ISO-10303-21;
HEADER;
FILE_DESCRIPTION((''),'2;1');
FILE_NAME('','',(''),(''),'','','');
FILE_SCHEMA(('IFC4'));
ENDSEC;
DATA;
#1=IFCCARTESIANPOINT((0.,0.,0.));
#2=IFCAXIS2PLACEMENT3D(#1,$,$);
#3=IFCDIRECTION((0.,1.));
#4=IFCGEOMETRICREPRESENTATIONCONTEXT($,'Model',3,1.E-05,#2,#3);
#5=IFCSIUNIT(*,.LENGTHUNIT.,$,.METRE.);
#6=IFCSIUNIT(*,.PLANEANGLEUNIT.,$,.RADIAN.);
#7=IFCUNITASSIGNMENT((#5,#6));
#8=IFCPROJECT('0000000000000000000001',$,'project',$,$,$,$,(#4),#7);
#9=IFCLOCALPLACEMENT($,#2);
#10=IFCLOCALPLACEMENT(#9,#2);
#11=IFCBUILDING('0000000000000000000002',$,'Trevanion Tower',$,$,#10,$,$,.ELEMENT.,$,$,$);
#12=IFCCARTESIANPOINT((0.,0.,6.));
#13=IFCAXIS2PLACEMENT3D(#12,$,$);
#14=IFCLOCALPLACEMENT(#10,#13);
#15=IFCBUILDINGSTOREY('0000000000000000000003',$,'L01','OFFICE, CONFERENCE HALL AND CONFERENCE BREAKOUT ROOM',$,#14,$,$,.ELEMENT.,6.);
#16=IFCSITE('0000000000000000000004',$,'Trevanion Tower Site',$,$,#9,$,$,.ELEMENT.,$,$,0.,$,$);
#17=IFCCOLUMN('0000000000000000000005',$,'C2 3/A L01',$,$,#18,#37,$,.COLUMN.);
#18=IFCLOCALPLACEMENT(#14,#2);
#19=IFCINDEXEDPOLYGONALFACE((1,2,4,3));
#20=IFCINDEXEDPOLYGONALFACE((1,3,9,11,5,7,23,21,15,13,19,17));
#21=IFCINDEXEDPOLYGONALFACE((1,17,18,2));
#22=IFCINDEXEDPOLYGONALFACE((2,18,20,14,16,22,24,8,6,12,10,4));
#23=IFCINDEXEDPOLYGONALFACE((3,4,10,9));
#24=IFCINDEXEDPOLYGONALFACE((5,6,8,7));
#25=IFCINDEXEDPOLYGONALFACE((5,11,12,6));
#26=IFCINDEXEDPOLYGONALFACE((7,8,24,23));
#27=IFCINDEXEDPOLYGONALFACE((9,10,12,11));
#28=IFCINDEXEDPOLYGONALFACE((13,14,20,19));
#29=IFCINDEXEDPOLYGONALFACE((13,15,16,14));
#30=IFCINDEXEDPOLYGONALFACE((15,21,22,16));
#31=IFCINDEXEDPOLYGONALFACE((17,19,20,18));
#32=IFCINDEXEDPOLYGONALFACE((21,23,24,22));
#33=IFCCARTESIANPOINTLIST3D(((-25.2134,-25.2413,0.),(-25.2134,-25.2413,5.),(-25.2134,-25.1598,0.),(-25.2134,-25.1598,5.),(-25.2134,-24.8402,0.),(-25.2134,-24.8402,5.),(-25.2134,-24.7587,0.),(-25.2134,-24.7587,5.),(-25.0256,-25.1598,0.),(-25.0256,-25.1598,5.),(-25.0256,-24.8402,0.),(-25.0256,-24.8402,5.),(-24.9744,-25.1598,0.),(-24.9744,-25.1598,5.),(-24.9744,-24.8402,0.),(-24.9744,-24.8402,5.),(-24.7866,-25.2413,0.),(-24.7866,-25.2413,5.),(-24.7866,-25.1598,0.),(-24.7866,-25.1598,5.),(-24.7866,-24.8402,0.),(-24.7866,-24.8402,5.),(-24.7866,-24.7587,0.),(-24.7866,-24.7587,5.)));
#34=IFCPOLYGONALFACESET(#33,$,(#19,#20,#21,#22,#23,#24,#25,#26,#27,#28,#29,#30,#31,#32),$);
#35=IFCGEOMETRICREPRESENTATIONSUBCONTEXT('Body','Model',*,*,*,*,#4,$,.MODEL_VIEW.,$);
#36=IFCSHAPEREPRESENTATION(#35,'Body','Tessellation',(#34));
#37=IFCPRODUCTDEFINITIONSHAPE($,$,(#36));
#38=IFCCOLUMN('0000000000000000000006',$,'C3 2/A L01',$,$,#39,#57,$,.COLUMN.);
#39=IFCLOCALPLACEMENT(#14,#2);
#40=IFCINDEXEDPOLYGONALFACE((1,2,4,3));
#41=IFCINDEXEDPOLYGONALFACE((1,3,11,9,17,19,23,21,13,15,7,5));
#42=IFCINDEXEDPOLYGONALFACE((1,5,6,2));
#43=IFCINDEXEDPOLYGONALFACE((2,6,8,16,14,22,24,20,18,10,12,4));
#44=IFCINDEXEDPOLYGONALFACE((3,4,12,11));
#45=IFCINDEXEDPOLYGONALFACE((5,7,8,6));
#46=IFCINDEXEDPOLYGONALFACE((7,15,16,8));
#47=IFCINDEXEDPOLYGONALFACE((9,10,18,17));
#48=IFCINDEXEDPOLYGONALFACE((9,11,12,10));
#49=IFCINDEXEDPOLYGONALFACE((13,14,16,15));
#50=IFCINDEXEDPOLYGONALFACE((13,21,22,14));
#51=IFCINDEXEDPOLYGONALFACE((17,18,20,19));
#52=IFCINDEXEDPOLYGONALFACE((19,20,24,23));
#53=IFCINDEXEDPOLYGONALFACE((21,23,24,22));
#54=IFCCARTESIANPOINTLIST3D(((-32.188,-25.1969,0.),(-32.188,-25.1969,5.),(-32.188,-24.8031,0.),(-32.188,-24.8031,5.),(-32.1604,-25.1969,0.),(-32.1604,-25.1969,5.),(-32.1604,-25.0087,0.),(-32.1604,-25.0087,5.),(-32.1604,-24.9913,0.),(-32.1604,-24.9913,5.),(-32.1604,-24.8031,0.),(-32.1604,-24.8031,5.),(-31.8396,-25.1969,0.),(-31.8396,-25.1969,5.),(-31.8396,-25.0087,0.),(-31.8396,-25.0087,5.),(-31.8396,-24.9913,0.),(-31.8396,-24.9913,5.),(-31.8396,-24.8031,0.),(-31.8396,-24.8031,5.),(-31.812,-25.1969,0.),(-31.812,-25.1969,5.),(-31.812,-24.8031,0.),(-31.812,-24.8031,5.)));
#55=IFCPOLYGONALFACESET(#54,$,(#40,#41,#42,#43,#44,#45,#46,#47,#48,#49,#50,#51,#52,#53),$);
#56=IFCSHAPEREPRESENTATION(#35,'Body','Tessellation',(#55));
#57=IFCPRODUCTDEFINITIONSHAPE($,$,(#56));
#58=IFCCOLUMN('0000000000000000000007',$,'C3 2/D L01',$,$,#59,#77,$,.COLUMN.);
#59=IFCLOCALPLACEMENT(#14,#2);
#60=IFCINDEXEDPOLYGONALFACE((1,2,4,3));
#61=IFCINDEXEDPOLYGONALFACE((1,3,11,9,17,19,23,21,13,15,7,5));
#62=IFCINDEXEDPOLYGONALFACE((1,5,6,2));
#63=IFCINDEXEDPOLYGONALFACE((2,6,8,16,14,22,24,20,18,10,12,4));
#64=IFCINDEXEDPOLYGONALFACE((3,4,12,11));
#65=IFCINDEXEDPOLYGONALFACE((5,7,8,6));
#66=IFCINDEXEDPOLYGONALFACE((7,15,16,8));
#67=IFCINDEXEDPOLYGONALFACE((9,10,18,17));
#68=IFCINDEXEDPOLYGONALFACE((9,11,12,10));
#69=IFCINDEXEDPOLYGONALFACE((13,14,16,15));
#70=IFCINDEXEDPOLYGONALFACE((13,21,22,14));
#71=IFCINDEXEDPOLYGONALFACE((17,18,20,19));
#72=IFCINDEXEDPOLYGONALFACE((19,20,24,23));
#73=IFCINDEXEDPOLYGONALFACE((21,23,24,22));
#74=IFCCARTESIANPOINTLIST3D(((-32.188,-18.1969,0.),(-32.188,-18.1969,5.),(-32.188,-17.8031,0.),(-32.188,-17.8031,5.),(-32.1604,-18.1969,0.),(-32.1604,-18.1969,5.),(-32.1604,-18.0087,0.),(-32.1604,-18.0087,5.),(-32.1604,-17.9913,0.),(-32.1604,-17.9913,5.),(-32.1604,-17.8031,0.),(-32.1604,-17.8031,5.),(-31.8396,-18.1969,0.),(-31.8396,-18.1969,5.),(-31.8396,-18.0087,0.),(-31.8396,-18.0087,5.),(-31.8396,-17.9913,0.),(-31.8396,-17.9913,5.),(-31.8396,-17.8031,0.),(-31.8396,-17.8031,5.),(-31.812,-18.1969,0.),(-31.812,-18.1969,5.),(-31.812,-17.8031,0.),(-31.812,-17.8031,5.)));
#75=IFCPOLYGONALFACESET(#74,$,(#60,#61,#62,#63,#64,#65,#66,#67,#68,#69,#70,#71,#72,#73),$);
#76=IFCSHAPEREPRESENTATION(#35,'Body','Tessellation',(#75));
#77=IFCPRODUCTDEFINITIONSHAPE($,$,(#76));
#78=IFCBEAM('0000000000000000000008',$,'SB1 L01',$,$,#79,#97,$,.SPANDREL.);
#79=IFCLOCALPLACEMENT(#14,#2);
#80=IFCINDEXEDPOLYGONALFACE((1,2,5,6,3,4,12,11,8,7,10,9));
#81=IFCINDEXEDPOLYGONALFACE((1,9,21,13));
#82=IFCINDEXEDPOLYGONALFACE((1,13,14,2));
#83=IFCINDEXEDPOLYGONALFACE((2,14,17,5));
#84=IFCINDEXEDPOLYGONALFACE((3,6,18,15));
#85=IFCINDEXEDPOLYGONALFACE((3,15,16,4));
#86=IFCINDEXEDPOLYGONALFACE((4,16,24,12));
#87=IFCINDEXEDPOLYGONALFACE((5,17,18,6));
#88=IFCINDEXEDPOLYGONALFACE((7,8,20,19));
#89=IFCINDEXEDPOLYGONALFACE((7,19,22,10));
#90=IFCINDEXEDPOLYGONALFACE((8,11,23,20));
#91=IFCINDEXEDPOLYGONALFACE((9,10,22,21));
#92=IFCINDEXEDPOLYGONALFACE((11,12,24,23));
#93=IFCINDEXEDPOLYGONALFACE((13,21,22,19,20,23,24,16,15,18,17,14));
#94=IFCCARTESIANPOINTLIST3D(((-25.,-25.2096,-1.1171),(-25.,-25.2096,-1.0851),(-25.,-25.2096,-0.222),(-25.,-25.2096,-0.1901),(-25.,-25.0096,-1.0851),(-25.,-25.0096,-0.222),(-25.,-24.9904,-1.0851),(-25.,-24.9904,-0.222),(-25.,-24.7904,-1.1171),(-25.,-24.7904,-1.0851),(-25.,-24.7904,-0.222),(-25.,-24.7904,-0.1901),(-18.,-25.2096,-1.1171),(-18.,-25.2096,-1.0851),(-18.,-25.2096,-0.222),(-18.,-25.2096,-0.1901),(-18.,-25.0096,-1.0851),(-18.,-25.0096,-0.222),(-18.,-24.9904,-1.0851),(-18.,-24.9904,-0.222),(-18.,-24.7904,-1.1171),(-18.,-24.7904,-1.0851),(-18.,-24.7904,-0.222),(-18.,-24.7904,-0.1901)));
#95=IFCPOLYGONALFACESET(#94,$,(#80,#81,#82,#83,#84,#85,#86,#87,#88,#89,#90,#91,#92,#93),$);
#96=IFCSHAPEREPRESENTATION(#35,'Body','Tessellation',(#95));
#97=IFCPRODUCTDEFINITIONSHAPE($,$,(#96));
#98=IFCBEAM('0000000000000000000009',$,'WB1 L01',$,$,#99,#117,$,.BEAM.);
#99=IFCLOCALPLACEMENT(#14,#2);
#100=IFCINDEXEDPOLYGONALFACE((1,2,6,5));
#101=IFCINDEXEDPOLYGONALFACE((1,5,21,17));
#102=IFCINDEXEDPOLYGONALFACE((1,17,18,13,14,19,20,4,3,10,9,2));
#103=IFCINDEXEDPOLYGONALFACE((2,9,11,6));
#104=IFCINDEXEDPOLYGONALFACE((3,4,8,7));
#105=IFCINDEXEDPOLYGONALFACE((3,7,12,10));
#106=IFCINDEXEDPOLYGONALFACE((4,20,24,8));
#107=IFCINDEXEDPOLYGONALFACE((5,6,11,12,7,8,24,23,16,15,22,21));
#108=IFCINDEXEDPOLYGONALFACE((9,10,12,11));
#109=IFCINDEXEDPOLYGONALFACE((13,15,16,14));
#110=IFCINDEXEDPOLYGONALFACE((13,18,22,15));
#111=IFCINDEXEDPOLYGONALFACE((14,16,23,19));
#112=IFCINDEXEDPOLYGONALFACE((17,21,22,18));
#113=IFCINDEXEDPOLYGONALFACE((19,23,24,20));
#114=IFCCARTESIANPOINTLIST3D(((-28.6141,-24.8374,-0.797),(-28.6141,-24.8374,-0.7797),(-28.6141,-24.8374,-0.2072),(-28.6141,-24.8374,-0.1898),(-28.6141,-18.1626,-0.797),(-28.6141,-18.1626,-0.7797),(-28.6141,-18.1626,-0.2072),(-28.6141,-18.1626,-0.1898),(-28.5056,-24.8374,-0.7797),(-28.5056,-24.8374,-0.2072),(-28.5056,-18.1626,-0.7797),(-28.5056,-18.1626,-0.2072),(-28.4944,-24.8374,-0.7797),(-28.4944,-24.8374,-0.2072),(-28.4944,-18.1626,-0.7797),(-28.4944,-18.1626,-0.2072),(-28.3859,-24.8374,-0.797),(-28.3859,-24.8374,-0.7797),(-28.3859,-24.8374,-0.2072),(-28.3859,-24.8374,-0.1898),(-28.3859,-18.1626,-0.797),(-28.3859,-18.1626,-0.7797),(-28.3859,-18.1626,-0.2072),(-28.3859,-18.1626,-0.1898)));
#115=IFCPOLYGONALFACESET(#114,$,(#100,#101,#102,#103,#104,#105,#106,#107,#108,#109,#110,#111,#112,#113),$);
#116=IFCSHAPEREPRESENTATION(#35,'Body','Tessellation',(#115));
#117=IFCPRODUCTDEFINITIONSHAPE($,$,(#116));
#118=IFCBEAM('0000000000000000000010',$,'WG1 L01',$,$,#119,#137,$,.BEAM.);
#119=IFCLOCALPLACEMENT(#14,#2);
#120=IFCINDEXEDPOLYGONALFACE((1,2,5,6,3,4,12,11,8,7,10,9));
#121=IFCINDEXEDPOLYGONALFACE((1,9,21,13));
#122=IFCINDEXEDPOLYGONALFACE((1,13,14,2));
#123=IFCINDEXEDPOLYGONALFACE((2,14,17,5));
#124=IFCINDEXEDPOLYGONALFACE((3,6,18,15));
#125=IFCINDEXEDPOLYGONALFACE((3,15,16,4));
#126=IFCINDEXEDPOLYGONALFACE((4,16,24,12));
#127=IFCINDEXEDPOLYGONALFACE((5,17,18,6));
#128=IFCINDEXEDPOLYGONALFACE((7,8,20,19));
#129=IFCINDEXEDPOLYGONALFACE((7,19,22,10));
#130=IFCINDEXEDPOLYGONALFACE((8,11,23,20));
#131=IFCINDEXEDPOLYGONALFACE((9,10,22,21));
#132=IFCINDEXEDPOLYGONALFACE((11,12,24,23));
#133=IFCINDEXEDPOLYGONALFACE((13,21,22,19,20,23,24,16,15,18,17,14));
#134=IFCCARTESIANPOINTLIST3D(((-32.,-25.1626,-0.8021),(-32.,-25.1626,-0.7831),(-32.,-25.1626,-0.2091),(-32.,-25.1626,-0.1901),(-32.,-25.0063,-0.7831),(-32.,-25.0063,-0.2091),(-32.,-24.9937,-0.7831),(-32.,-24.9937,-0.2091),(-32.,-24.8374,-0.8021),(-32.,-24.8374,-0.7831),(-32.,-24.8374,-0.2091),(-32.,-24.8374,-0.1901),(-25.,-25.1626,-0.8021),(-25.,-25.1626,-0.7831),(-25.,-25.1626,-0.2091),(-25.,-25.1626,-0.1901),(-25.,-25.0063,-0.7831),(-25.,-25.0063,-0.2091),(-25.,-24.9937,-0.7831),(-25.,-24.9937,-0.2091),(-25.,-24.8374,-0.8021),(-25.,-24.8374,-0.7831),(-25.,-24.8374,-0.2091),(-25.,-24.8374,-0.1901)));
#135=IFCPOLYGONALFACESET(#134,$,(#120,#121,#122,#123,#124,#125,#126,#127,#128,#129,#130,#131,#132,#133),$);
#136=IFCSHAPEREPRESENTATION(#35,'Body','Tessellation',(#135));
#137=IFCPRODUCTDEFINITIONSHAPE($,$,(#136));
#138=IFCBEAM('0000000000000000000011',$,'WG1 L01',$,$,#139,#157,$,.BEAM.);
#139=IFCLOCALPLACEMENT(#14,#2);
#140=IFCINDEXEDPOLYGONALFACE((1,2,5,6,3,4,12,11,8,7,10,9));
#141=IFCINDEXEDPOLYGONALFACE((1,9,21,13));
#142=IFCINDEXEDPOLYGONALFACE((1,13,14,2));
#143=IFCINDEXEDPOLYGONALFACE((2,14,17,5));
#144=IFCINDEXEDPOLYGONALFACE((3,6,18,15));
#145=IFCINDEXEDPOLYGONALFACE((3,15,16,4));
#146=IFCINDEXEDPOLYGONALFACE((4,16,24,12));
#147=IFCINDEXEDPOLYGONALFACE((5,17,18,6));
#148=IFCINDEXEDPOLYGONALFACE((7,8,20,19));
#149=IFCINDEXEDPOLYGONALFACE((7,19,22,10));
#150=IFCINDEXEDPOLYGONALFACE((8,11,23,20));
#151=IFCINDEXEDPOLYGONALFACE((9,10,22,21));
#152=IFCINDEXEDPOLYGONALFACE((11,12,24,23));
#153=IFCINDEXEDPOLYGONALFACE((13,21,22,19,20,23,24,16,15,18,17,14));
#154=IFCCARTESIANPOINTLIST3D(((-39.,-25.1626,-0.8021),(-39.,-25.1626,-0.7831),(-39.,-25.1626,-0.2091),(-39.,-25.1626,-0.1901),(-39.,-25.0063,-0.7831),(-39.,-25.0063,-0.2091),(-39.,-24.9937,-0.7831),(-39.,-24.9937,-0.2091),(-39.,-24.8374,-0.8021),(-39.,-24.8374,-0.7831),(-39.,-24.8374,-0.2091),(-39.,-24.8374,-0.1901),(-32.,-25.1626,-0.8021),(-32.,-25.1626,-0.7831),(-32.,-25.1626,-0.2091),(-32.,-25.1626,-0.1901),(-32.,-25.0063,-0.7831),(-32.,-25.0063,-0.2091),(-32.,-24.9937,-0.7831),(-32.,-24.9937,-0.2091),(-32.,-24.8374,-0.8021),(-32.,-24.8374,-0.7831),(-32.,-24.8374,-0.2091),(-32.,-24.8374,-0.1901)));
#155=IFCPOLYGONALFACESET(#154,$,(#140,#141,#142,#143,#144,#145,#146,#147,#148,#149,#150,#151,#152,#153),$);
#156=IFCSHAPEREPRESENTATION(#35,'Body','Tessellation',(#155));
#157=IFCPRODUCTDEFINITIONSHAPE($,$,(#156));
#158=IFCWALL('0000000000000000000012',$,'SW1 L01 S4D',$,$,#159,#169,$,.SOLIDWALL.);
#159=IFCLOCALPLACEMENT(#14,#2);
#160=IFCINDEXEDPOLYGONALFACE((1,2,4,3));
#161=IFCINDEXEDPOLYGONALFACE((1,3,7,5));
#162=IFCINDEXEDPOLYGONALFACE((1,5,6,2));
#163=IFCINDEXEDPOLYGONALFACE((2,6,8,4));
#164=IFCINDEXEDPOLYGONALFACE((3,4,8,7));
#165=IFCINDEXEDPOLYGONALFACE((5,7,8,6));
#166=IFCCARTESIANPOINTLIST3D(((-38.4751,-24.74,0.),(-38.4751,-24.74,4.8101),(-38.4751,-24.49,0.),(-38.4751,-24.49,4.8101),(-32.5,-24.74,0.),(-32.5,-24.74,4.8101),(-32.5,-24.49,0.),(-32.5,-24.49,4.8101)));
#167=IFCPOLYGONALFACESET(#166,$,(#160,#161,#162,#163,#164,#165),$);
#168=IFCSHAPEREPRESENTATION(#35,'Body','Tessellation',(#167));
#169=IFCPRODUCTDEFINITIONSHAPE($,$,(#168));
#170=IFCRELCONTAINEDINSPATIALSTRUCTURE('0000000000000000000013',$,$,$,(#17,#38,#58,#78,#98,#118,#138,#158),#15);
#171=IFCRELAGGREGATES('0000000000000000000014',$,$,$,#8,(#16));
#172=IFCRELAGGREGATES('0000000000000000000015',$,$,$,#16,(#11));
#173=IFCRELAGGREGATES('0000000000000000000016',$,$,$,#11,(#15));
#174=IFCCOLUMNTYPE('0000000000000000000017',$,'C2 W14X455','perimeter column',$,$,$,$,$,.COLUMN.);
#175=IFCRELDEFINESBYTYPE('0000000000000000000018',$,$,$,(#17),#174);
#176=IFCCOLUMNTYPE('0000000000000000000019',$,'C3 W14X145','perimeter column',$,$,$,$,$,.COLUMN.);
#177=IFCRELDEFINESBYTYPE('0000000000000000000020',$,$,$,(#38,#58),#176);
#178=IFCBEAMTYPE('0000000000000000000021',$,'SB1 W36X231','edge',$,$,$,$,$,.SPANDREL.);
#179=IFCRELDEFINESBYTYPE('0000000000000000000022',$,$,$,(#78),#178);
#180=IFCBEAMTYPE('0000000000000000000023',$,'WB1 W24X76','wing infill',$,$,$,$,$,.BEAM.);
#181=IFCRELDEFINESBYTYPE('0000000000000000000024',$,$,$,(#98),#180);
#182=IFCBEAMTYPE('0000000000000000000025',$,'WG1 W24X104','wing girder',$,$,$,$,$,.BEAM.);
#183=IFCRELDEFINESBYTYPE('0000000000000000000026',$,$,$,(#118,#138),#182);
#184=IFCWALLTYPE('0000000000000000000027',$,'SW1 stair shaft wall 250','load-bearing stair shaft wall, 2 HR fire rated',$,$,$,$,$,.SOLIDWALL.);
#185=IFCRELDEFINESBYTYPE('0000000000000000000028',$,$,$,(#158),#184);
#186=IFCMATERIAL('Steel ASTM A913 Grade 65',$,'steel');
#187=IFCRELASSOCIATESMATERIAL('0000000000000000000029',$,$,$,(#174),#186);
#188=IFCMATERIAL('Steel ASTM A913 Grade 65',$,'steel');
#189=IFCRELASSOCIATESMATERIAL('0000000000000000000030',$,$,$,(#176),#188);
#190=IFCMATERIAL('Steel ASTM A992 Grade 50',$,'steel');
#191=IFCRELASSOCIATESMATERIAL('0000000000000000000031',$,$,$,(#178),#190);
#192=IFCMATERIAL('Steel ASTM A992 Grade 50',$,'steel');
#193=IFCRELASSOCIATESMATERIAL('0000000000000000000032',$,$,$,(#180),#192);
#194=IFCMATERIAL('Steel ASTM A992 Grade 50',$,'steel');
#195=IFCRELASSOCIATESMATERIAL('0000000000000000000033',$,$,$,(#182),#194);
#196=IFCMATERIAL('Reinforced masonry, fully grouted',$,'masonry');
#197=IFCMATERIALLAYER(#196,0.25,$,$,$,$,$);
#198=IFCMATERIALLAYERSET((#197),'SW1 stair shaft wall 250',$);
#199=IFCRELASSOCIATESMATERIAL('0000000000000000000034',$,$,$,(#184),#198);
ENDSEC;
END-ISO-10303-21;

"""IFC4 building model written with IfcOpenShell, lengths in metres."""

from ifc_helpers import new_model, si_unit, direction, frame, frame_2d, origin, origin_2d, place, context, subcontext, project, spatial, rectangle, i_section, extrude, material, layer, layer_set, material_profile, profile_set, type_object, element, save


model = new_model("IFC4")

# Units and contexts
model_context = context("Model", 3, precision=1e-05, world=origin(), true_north=direction((0.0, 1.0)))
body_context = subcontext(model_context, "Body", "Model", "MODEL_VIEW")
ifc_project = project(units=[si_unit("LENGTHUNIT", "METRE"), si_unit("PLANEANGLEUNIT", "RADIAN")], contexts=[model_context])

# Site, building, storey
site_placement = place(None, origin())
site = spatial("IfcSite", under=ifc_project, at=site_placement, Name="Trevanion Tower Site", CompositionType="ELEMENT", RefElevation=0.0)
building_placement = place(site_placement, origin())
building = spatial("IfcBuilding", under=site, at=building_placement, Name="Trevanion Tower", CompositionType="ELEMENT")
storey_placement = place(building_placement, frame((0.0, 0.0, 6.0)))
storey = spatial("IfcBuildingStorey", under=building, at=storey_placement, Name="L01", Description="OFFICE, CONFERENCE HALL AND CONFERENCE BREAKOUT ROOM", CompositionType="ELEMENT", Elevation=6.0)

# Columns
ifc_material_1 = material(Name="Steel ASTM A913 Grade 65", Category="steel")
ifc_material_profile_1 = material_profile(ifc_material_1, i_section(OverallWidth=0.4268, OverallDepth=0.4827, WebThickness=0.0513, FlangeThickness=0.0815, at=origin_2d()), Name="W14X455")
ifc_profile_set_1 = profile_set([ifc_material_profile_1], Name="Steel ASTM A913 Grade 65")
column_type_1 = type_object("IfcColumnType", Name="C2 W14X455", Description="perimeter column", PredefinedType="COLUMN", material=ifc_profile_set_1)
column_placement = place(storey_placement, frame((-25.0, -25.0, 0.0), z_axis=(0.0, 0.0, 1.0), x_axis=(1.0, 0.0, 0.0)))
element("IfcColumn", 1, at=column_placement, inside=storey, type_object=column_type_1, Name="C2 3/A L01", PredefinedType="COLUMN", context=body_context, shape_type="SweptSolid", body=[
    extrude(i_section(OverallWidth=0.4268, OverallDepth=0.4827, WebThickness=0.0513, FlangeThickness=0.0815, at=origin_2d()), origin(), (0.0, 0.0, 1.0), 5.0),
])
ifc_material_2 = material(Name="Steel ASTM A913 Grade 65", Category="steel")
ifc_material_profile_2 = material_profile(ifc_material_2, i_section(OverallWidth=0.3938, OverallDepth=0.376, WebThickness=0.0173, FlangeThickness=0.0276, at=origin_2d()), Name="W14X145")
ifc_profile_set_2 = profile_set([ifc_material_profile_2], Name="Steel ASTM A913 Grade 65")
column_type_2 = type_object("IfcColumnType", Name="C3 W14X145", Description="perimeter column", PredefinedType="COLUMN", material=ifc_profile_set_2)
for number, where, z_axis, x_axis, name in (
    (2, (-32.0, -25.0, 0.0), (0.0, 0.0, 1.0), (0.0, 1.0, 0.0), "C3 2/A L01"),
    (3, (-32.0, -18.0, 0.0), (0.0, 0.0, 1.0), (0.0, 1.0, 0.0), "C3 2/D L01"),
):
    element("IfcColumn", number, at=place(storey_placement, frame(where, z_axis=z_axis, x_axis=x_axis)), inside=storey, type_object=column_type_2, Name=name, PredefinedType="COLUMN", context=body_context, shape_type="SweptSolid", body=[
        extrude(i_section(OverallWidth=0.3938, OverallDepth=0.376, WebThickness=0.0173, FlangeThickness=0.0276, at=origin_2d()), origin(), (0.0, 0.0, 1.0), 5.0),
    ])

# Beams
ifc_material_3 = material(Name="Steel ASTM A992 Grade 50", Category="steel")
ifc_material_profile_3 = material_profile(ifc_material_3, i_section(OverallWidth=0.4192, OverallDepth=0.927, WebThickness=0.0193, FlangeThickness=0.032, at=origin_2d()), Name="W36X231")
ifc_profile_set_3 = profile_set([ifc_material_profile_3], Name="Steel ASTM A992 Grade 50")
beam_type_1 = type_object("IfcBeamType", Name="SB1 W36X231", Description="edge", PredefinedType="SPANDREL", material=ifc_profile_set_3)
beam_1_placement = place(storey_placement, frame((-25.0, -25.0, -0.6536), z_axis=(1.0, 0.0, 0.0), x_axis=(0.0, 1.0, 0.0)))
element("IfcBeam", 4, at=beam_1_placement, inside=storey, type_object=beam_type_1, Name="SB1 L01", PredefinedType="SPANDREL", context=body_context, shape_type="SweptSolid", body=[
    extrude(i_section(OverallWidth=0.4192, OverallDepth=0.927, WebThickness=0.0193, FlangeThickness=0.032, at=origin_2d()), origin(), (0.0, 0.0, 1.0), 7.0),
])
ifc_material_4 = material(Name="Steel ASTM A992 Grade 50", Category="steel")
ifc_material_profile_4 = material_profile(ifc_material_4, i_section(OverallWidth=0.2283, OverallDepth=0.6072, WebThickness=0.0112, FlangeThickness=0.0173, at=origin_2d()), Name="W24X76")
ifc_profile_set_4 = profile_set([ifc_material_profile_4], Name="Steel ASTM A992 Grade 50")
beam_type_2 = type_object("IfcBeamType", Name="WB1 W24X76", Description="wing infill", PredefinedType="BEAM", material=ifc_profile_set_4)
beam_2_placement = place(storey_placement, frame((-28.5, -18.1626, -0.4934), z_axis=(0.0, -1.0, 0.0), x_axis=(1.0, 0.0, 0.0)))
element("IfcBeam", 5, at=beam_2_placement, inside=storey, type_object=beam_type_2, Name="WB1 L01", PredefinedType="BEAM", context=body_context, shape_type="SweptSolid", body=[
    extrude(i_section(OverallWidth=0.2283, OverallDepth=0.6072, WebThickness=0.0112, FlangeThickness=0.0173, at=origin_2d()), origin(), (0.0, 0.0, 1.0), 6.6748),
])
ifc_material_5 = material(Name="Steel ASTM A992 Grade 50", Category="steel")
ifc_material_profile_5 = material_profile(ifc_material_5, i_section(OverallWidth=0.3252, OverallDepth=0.6121, WebThickness=0.0127, FlangeThickness=0.019, at=origin_2d()), Name="W24X104")
ifc_profile_set_5 = profile_set([ifc_material_profile_5], Name="Steel ASTM A992 Grade 50")
beam_type_3 = type_object("IfcBeamType", Name="WG1 W24X104", Description="wing girder", PredefinedType="BEAM", material=ifc_profile_set_5)
for number, where, z_axis, x_axis, name in (
    (6, (-25.0, -25.0, -0.4961), (-1.0, 0.0, 0.0), (0.0, -1.0, 0.0), "WG1 L01"),
    (7, (-32.0, -25.0, -0.4961), (-1.0, 0.0, 0.0), (0.0, -1.0, 0.0), "WG1 L01"),
):
    element("IfcBeam", number, at=place(storey_placement, frame(where, z_axis=z_axis, x_axis=x_axis)), inside=storey, type_object=beam_type_3, Name=name, PredefinedType="BEAM", context=body_context, shape_type="SweptSolid", body=[
        extrude(i_section(OverallWidth=0.3252, OverallDepth=0.6121, WebThickness=0.0127, FlangeThickness=0.019, at=origin_2d()), origin(), (0.0, 0.0, 1.0), 7.0),
    ])

# Wall
ifc_material_6 = material(Name="Reinforced masonry, fully grouted", Category="masonry")
ifc_layer = layer(ifc_material_6, 0.25)
ifc_layer_set = layer_set([ifc_layer], Name="SW1 stair shaft wall 250")
wall_type = type_object("IfcWallType", Name="SW1 stair shaft wall 250", Description="load-bearing stair shaft wall, 2 HR fire rated", PredefinedType="SOLIDWALL", material=ifc_layer_set)
wall_placement = place(storey_placement, frame((-32.5, -24.615, 0.0), z_axis=(0.0, 0.0, 1.0), x_axis=(-1.0, 0.0, 0.0)))
element("IfcWall", 8, at=wall_placement, inside=storey, type_object=wall_type, Name="SW1 L01 S4D", PredefinedType="SOLIDWALL", context=body_context, shape_type="SweptSolid", body=[
    extrude(rectangle(XDim=5.9751, YDim=0.25, at=frame_2d((2.9875, 0.0))), origin(), (0.0, 0.0, 1.0), 4.8101),
])

save(model, "model.ifc")
